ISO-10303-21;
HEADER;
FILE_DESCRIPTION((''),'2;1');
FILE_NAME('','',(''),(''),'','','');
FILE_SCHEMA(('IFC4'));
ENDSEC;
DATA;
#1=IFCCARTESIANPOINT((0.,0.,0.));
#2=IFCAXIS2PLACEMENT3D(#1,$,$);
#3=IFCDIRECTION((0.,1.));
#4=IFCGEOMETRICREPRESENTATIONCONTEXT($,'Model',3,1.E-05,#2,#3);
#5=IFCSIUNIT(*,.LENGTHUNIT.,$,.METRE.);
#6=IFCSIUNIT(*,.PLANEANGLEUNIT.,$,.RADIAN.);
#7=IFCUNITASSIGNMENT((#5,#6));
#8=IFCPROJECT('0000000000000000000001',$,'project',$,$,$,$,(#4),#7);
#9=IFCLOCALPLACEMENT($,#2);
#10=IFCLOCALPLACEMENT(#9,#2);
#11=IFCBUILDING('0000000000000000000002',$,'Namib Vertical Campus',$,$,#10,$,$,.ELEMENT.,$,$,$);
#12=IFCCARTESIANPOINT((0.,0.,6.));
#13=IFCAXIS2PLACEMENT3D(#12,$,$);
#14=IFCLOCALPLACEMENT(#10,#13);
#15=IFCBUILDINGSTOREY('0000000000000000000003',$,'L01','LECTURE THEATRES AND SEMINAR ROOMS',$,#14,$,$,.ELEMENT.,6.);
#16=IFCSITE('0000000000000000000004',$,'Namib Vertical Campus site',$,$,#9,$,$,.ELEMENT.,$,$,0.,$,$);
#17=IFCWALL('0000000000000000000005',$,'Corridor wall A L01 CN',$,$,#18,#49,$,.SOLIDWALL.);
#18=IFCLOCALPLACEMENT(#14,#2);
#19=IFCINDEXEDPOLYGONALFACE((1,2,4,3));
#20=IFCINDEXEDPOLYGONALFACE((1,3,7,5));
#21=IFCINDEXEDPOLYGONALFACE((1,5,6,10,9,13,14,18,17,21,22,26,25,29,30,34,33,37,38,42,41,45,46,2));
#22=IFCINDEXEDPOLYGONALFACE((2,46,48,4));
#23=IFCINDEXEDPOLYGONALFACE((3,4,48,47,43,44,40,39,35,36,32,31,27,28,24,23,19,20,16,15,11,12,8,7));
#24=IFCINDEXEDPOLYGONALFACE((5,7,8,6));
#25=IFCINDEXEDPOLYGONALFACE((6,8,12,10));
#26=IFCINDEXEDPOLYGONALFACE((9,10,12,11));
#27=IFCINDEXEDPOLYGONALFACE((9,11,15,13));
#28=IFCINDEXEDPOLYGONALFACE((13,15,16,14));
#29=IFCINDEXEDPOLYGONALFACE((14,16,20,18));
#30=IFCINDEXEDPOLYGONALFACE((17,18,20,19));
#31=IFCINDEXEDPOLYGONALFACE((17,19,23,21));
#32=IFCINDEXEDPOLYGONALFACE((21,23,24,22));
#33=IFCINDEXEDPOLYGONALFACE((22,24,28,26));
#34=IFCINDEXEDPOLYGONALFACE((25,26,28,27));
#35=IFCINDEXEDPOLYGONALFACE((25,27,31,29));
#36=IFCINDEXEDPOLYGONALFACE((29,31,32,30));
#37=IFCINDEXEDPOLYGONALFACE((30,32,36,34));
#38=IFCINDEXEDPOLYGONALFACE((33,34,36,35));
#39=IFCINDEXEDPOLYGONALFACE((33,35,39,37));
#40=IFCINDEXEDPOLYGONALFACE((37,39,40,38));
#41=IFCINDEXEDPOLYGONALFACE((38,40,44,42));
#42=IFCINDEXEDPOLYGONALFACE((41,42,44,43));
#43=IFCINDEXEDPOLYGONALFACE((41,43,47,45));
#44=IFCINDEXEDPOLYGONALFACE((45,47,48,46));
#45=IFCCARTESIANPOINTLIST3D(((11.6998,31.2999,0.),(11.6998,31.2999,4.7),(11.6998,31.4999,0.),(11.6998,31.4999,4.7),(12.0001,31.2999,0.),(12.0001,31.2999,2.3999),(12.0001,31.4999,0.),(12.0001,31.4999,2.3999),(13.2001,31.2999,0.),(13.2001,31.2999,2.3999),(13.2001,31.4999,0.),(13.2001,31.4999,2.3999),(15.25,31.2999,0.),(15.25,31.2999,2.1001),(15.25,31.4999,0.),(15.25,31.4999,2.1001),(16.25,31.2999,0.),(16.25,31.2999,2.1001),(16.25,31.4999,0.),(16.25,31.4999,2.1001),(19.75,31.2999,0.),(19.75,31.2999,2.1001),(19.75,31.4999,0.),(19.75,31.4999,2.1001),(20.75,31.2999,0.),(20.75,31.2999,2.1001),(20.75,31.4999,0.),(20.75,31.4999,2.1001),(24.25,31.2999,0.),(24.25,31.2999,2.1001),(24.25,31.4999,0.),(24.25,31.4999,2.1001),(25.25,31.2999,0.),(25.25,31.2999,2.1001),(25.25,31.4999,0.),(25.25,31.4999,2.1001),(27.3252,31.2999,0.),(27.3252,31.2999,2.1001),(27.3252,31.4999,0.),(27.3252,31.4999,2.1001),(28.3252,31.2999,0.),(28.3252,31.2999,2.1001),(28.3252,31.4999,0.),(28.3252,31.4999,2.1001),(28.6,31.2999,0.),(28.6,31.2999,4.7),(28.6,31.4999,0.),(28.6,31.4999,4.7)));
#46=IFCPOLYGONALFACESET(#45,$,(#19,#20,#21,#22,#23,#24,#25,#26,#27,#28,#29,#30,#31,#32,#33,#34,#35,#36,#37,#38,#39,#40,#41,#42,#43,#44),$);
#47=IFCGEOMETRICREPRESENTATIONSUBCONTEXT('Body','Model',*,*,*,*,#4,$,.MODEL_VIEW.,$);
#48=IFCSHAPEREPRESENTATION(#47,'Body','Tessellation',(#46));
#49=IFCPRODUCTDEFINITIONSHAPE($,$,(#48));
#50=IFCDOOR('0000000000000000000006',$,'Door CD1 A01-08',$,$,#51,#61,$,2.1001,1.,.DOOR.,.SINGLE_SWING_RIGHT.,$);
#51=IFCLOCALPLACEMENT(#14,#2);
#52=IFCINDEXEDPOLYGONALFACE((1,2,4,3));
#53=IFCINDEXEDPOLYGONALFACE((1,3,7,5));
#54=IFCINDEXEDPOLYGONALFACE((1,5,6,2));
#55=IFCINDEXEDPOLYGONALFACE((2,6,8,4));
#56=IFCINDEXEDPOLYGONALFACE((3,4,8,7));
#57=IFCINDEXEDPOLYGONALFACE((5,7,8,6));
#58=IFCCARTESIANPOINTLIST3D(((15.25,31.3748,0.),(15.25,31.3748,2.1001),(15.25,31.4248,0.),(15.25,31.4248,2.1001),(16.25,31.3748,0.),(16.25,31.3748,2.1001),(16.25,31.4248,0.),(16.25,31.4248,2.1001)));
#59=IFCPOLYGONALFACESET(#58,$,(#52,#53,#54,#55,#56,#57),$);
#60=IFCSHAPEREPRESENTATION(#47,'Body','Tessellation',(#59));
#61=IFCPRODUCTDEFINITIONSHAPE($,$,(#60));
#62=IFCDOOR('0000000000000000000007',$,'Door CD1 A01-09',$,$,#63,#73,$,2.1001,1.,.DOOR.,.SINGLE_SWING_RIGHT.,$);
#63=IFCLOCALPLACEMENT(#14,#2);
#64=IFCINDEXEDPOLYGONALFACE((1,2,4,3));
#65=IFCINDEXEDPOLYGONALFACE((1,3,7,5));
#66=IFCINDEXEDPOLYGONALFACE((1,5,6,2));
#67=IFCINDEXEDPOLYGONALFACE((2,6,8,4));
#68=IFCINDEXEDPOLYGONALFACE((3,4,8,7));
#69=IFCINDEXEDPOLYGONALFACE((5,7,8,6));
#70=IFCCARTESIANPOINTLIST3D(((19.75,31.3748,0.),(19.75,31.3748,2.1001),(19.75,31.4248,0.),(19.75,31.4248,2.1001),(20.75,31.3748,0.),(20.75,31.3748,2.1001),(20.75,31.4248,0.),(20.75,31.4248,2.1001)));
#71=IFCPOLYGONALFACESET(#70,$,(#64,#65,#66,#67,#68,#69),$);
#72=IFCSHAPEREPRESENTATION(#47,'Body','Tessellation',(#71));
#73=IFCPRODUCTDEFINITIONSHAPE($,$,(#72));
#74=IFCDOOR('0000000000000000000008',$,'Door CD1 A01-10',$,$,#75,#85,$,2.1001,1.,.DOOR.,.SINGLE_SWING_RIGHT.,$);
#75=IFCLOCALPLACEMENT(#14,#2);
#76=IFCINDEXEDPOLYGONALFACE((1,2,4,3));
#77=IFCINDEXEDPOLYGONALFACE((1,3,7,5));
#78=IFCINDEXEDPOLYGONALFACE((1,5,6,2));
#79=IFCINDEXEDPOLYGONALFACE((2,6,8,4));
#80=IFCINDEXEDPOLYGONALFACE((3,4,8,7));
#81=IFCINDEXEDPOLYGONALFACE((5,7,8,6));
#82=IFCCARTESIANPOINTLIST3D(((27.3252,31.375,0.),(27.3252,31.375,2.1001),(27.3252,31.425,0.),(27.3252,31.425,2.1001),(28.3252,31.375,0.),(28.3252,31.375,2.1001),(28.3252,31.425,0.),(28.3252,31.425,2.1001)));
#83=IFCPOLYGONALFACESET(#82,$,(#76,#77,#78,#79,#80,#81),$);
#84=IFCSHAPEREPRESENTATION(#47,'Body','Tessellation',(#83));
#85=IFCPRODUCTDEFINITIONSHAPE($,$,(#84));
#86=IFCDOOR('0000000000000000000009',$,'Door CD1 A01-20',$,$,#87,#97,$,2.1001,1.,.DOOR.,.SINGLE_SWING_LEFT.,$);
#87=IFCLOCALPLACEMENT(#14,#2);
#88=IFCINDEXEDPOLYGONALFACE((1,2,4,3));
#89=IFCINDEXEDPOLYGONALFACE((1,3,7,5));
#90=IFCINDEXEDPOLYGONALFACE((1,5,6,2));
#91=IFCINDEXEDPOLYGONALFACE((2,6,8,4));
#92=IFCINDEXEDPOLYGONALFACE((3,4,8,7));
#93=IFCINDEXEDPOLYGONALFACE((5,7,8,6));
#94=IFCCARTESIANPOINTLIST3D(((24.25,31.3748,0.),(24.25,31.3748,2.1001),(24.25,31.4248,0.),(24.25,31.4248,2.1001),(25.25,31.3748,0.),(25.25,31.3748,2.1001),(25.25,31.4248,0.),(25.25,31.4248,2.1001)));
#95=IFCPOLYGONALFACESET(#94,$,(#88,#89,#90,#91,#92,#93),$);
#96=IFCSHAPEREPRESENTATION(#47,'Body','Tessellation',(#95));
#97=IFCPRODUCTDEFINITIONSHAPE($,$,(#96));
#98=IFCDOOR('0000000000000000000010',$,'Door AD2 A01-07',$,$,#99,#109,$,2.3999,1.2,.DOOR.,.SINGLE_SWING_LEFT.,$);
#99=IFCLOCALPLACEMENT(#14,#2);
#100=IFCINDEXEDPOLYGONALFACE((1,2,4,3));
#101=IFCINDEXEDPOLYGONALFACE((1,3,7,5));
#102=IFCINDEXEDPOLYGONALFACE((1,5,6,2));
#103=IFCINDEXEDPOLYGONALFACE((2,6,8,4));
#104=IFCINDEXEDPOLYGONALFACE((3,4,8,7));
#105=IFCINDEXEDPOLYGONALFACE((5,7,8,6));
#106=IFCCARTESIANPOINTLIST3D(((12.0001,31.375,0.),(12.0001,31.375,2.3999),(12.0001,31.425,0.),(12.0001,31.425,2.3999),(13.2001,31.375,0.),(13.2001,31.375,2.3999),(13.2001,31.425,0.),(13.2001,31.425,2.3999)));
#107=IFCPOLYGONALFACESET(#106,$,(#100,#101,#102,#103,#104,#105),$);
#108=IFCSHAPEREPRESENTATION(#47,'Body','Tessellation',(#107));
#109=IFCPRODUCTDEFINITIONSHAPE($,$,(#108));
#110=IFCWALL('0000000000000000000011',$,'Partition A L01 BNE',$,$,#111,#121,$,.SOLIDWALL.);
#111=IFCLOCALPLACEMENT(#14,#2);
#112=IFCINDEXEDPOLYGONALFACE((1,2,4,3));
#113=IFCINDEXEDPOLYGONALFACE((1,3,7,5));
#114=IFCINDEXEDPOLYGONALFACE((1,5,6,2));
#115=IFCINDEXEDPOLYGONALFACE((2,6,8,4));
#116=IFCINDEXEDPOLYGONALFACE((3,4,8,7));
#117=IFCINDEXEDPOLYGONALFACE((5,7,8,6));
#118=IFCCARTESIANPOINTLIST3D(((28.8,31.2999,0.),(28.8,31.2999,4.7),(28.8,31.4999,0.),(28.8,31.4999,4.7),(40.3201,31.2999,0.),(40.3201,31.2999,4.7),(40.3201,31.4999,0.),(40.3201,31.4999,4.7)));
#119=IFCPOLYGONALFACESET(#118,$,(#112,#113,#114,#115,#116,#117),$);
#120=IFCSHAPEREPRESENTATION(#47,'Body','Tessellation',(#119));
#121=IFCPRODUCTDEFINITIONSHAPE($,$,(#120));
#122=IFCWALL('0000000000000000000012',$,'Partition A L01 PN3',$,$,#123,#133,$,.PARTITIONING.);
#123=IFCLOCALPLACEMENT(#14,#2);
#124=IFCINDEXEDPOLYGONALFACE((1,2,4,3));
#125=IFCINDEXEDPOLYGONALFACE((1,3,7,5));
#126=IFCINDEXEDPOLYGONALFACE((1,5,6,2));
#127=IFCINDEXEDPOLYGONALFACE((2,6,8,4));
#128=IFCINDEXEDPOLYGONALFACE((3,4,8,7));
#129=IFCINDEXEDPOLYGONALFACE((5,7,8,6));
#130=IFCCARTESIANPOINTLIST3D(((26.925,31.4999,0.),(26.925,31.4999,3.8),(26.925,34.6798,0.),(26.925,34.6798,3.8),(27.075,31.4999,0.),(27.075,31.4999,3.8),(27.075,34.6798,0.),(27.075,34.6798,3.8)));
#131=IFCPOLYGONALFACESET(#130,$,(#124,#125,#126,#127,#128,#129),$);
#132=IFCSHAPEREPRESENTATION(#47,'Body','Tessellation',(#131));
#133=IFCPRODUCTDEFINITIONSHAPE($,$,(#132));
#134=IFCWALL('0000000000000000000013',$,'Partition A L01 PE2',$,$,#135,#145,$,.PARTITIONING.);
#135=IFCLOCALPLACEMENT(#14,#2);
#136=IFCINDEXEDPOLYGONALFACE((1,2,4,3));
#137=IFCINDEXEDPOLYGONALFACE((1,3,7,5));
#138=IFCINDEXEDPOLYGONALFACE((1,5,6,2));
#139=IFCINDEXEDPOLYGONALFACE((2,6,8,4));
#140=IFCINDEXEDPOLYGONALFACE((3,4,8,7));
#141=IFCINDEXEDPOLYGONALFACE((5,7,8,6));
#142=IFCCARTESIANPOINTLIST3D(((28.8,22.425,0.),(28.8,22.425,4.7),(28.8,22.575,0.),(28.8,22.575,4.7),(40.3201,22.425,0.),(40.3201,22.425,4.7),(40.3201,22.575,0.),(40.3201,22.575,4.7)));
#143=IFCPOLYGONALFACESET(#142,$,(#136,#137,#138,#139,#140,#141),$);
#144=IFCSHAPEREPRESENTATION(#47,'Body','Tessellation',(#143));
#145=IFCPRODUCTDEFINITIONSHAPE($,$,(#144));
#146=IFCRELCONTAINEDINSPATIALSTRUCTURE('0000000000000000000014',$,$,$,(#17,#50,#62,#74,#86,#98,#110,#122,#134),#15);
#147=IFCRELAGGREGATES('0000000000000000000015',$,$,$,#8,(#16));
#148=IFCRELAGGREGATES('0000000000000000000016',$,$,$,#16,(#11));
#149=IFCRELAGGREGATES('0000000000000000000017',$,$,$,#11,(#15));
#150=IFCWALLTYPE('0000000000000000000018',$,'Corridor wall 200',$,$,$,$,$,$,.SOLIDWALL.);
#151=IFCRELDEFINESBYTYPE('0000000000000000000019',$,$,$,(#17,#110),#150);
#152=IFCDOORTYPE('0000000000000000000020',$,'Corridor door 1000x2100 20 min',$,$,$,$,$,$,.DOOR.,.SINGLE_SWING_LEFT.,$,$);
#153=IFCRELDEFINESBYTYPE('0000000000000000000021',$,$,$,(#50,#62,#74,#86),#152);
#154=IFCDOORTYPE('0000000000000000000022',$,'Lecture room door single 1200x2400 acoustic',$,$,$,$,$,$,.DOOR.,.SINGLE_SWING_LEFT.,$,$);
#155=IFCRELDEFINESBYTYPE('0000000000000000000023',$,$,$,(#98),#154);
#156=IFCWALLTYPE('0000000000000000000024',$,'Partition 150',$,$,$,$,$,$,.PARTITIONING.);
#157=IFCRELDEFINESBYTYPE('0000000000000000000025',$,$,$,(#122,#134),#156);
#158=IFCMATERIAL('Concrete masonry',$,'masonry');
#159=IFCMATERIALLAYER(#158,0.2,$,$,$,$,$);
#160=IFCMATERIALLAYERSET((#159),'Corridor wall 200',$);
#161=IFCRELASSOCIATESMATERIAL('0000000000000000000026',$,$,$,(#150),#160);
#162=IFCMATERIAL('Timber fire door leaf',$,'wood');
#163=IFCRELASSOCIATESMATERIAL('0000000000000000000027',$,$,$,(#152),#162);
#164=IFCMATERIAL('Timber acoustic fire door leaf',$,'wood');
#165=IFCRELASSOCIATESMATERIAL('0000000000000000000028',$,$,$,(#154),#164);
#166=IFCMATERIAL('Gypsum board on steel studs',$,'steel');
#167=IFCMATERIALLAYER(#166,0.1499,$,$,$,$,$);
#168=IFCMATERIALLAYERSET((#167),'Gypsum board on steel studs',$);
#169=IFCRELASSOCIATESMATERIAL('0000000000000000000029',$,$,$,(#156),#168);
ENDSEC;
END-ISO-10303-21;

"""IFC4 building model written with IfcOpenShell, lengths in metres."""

from ifc_helpers import new_model, si_unit, direction, frame, frame_2d, origin, place, context, subcontext, project, spatial, rectangle, extrude, material, layer, layer_set, type_object, element, fill, save


model = new_model("IFC4")

# Units and contexts
model_context = context("Model", 3, precision=1e-05, world=origin(), true_north=direction((0.0, 1.0)))
body_context = subcontext(model_context, "Body", "Model", "MODEL_VIEW")
ifc_project = project(units=[si_unit("LENGTHUNIT", "METRE"), si_unit("PLANEANGLEUNIT", "RADIAN")], contexts=[model_context])

# Site, building, storey
site_placement = place(None, origin())
site = spatial("IfcSite", under=ifc_project, at=site_placement, Name="Namib Vertical Campus site", CompositionType="ELEMENT", RefElevation=0.0)
building_placement = place(site_placement, origin())
building = spatial("IfcBuilding", under=site, at=building_placement, Name="Namib Vertical Campus", CompositionType="ELEMENT")
storey_placement = place(building_placement, frame((0.0, 0.0, 6.0)))
storey = spatial("IfcBuildingStorey", under=building, at=storey_placement, Name="L01", Description="LECTURE THEATRES AND SEMINAR ROOMS", CompositionType="ELEMENT", Elevation=6.0)

# Wall, openings, doors
ifc_material_1 = material(Name="Concrete masonry", Category="masonry")
ifc_layer_1 = layer(ifc_material_1, 0.2)
ifc_layer_set_1 = layer_set([ifc_layer_1], Name="Corridor wall 200")
wall_type_1 = type_object("IfcWallType", Name="Corridor wall 200", PredefinedType="SOLIDWALL", material=ifc_layer_set_1)
wall_1_placement = place(storey_placement, frame((28.6001, 31.3999, 0.0), z_axis=(0.0, 0.0, 1.0), x_axis=(-1.0, 0.0, 0.0)))
wall_1 = element("IfcWall", 1, at=wall_1_placement, inside=storey, type_object=wall_type_1, Name="Corridor wall A L01 CN", PredefinedType="SOLIDWALL", context=body_context, shape_type="SweptSolid", body=[
    extrude(rectangle(XDim=16.9001, YDim=0.2, at=frame_2d((8.4502, 0.0))), origin(), (0.0, 0.0, 1.0), 4.7),
])
opening_1_placement = place(wall_1_placement, frame((15.3999, 0.0, 0.0)))
opening_1 = element("IfcOpeningElement", 2, at=opening_1_placement, cuts=wall_1, PredefinedType="OPENING", context=body_context, shape_type="SweptSolid", body=[
    extrude(rectangle(XDim=1.2, YDim=2.3999, at=frame_2d((0.6001, 1.2))), frame((0.0, 0.1099, 0.0), z_axis=(0.0, -1.0, 0.0), x_axis=(1.0, 0.0, 0.0)), (0.0, 0.0, 1.0), 0.22),
])
opening_2_placement = place(wall_1_placement, frame((12.3501, 0.0, 0.0)))
opening_2 = element("IfcOpeningElement", 3, at=opening_2_placement, cuts=wall_1, PredefinedType="OPENING", context=body_context, shape_type="SweptSolid", body=[
    extrude(rectangle(XDim=1.0, YDim=2.1001, at=frame_2d((0.5, 1.05))), frame((0.0, 0.1099, 0.0), z_axis=(0.0, -1.0, 0.0), x_axis=(1.0, 0.0, 0.0)), (0.0, 0.0, 1.0), 0.22),
])
opening_3_placement = place(wall_1_placement, frame((7.8501, 0.0, 0.0)))
opening_3 = element("IfcOpeningElement", 4, at=opening_3_placement, cuts=wall_1, PredefinedType="OPENING", context=body_context, shape_type="SweptSolid", body=[
    extrude(rectangle(XDim=1.0, YDim=2.1001, at=frame_2d((0.5, 1.05))), frame((0.0, 0.1099, 0.0), z_axis=(0.0, -1.0, 0.0), x_axis=(1.0, 0.0, 0.0)), (0.0, 0.0, 1.0), 0.22),
])
opening_4_placement = place(wall_1_placement, frame((0.2749, 0.0, 0.0)))
opening_4 = element("IfcOpeningElement", 5, at=opening_4_placement, cuts=wall_1, PredefinedType="OPENING", context=body_context, shape_type="SweptSolid", body=[
    extrude(rectangle(XDim=1.0, YDim=2.1001, at=frame_2d((0.5, 1.05))), frame((0.0, 0.1099, 0.0), z_axis=(0.0, -1.0, 0.0), x_axis=(1.0, 0.0, 0.0)), (0.0, 0.0, 1.0), 0.22),
])
opening_5_placement = place(wall_1_placement, frame((3.3501, 0.0, 0.0)))
opening_5 = element("IfcOpeningElement", 6, at=opening_5_placement, cuts=wall_1, PredefinedType="OPENING", context=body_context, shape_type="SweptSolid", body=[
    extrude(rectangle(XDim=1.0, YDim=2.1001, at=frame_2d((0.5, 1.05))), frame((0.0, 0.1099, 0.0), z_axis=(0.0, -1.0, 0.0), x_axis=(1.0, 0.0, 0.0)), (0.0, 0.0, 1.0), 0.22),
])
ifc_material_2 = material(Name="Timber fire door leaf", Category="wood")
door_type_1 = type_object("IfcDoorType", Name="Corridor door 1000x2100 20 min", OperationType="SINGLE_SWING_LEFT", PredefinedType="DOOR", material=ifc_material_2)
door_1_placement = place(opening_2_placement, frame((1.0, 0.0, 0.0), z_axis=(0.0, 0.0, 1.0), x_axis=(-1.0, 0.0, 0.0)))
door_1 = element("IfcDoor", 7, at=door_1_placement, inside=storey, type_object=door_type_1, Name="Door CD1 A01-08", OperationType="SINGLE_SWING_RIGHT", OverallHeight=2.1001, OverallWidth=1.0, PredefinedType="DOOR", context=body_context, shape_type="SweptSolid", body=[
    extrude(rectangle(XDim=1.0, YDim=2.1001, at=frame_2d((0.5, 1.05))), frame((0.0, 0.0249, 0.0), z_axis=(0.0, -1.0, 0.0), x_axis=(1.0, 0.0, 0.0)), (0.0, 0.0, 1.0), 0.05),
])
fill(opening_2, door_1)
door_2_placement = place(opening_3_placement, frame((1.0, 0.0, 0.0), z_axis=(0.0, 0.0, 1.0), x_axis=(-1.0, 0.0, 0.0)))
door_2 = element("IfcDoor", 8, at=door_2_placement, inside=storey, type_object=door_type_1, Name="Door CD1 A01-09", OperationType="SINGLE_SWING_RIGHT", OverallHeight=2.1001, OverallWidth=1.0, PredefinedType="DOOR", context=body_context, shape_type="SweptSolid", body=[
    extrude(rectangle(XDim=1.0, YDim=2.1001, at=frame_2d((0.5, 1.05))), frame((0.0, 0.0249, 0.0), z_axis=(0.0, -1.0, 0.0), x_axis=(1.0, 0.0, 0.0)), (0.0, 0.0, 1.0), 0.05),
])
fill(opening_3, door_2)
door_3_placement = place(opening_4_placement, origin())
door_3 = element("IfcDoor", 9, at=door_3_placement, inside=storey, type_object=door_type_1, Name="Door CD1 A01-10", OperationType="SINGLE_SWING_RIGHT", OverallHeight=2.1001, OverallWidth=1.0, PredefinedType="DOOR", context=body_context, shape_type="SweptSolid", body=[
    extrude(rectangle(XDim=1.0, YDim=2.1001, at=frame_2d((0.5, 1.05))), frame((0.0, 0.0249, 0.0), z_axis=(0.0, -1.0, 0.0), x_axis=(1.0, 0.0, 0.0)), (0.0, 0.0, 1.0), 0.05),
])
fill(opening_4, door_3)
door_4_placement = place(opening_5_placement, frame((1.0, 0.0, 0.0), z_axis=(0.0, 0.0, 1.0), x_axis=(-1.0, 0.0, 0.0)))
door_4 = element("IfcDoor", 10, at=door_4_placement, inside=storey, type_object=door_type_1, Name="Door CD1 A01-20", OperationType="SINGLE_SWING_LEFT", OverallHeight=2.1001, OverallWidth=1.0, PredefinedType="DOOR", context=body_context, shape_type="SweptSolid", body=[
    extrude(rectangle(XDim=1.0, YDim=2.1001, at=frame_2d((0.5, 1.05))), frame((0.0, 0.0249, 0.0), z_axis=(0.0, -1.0, 0.0), x_axis=(1.0, 0.0, 0.0)), (0.0, 0.0, 1.0), 0.05),
])
fill(opening_5, door_4)
ifc_material_3 = material(Name="Timber acoustic fire door leaf", Category="wood")
door_type_2 = type_object("IfcDoorType", Name="Lecture room door single 1200x2400 acoustic", OperationType="SINGLE_SWING_LEFT", PredefinedType="DOOR", material=ifc_material_3)
door_5_placement = place(opening_1_placement, origin())
door_5 = element("IfcDoor", 11, at=door_5_placement, inside=storey, type_object=door_type_2, Name="Door AD2 A01-07", OperationType="SINGLE_SWING_LEFT", OverallHeight=2.3999, OverallWidth=1.2, PredefinedType="DOOR", context=body_context, shape_type="SweptSolid", body=[
    extrude(rectangle(XDim=1.2, YDim=2.3999, at=frame_2d((0.6001, 1.2))), frame((0.0, 0.0249, 0.0), z_axis=(0.0, -1.0, 0.0), x_axis=(1.0, 0.0, 0.0)), (0.0, 0.0, 1.0), 0.05),
])
fill(opening_1, door_5)

# Walls
wall_2_placement = place(storey_placement, frame((28.8, 31.3999, 0.0), z_axis=(0.0, 0.0, 1.0), x_axis=(1.0, 0.0, 0.0)))
element("IfcWall", 12, at=wall_2_placement, inside=storey, type_object=wall_type_1, Name="Partition A L01 BNE", PredefinedType="SOLIDWALL", context=body_context, shape_type="SweptSolid", body=[
    extrude(rectangle(XDim=11.52, YDim=0.2, at=frame_2d((5.76, 0.0))), origin(), (0.0, 0.0, 1.0), 4.7),
])
ifc_material_4 = material(Name="Gypsum board on steel studs", Category="steel")
ifc_layer_2 = layer(ifc_material_4, 0.1499)
ifc_layer_set_2 = layer_set([ifc_layer_2], Name="Gypsum board on steel studs")
wall_type_2 = type_object("IfcWallType", Name="Partition 150", PredefinedType="PARTITIONING", material=ifc_layer_set_2)
wall_3_placement = place(storey_placement, frame((27.0, 31.5, 0.0), z_axis=(0.0, 0.0, 1.0), x_axis=(0.0, 1.0, 0.0)))
element("IfcWall", 13, at=wall_3_placement, inside=storey, type_object=wall_type_2, Name="Partition A L01 PN3", PredefinedType="PARTITIONING", context=body_context, shape_type="SweptSolid", body=[
    extrude(rectangle(XDim=3.1799, YDim=0.1499, at=frame_2d((1.5898, 0.0))), origin(), (0.0, 0.0, 1.0), 3.8),
])
wall_4_placement = place(storey_placement, frame((28.8, 22.5, 0.0), z_axis=(0.0, 0.0, 1.0), x_axis=(1.0, 0.0, 0.0)))
element("IfcWall", 14, at=wall_4_placement, inside=storey, type_object=wall_type_2, Name="Partition A L01 PE2", PredefinedType="PARTITIONING", context=body_context, shape_type="SweptSolid", body=[
    extrude(rectangle(XDim=11.52, YDim=0.1499, at=frame_2d((5.76, 0.0))), origin(), (0.0, 0.0, 1.0), 4.7),
])

save(model, "model.ifc")
